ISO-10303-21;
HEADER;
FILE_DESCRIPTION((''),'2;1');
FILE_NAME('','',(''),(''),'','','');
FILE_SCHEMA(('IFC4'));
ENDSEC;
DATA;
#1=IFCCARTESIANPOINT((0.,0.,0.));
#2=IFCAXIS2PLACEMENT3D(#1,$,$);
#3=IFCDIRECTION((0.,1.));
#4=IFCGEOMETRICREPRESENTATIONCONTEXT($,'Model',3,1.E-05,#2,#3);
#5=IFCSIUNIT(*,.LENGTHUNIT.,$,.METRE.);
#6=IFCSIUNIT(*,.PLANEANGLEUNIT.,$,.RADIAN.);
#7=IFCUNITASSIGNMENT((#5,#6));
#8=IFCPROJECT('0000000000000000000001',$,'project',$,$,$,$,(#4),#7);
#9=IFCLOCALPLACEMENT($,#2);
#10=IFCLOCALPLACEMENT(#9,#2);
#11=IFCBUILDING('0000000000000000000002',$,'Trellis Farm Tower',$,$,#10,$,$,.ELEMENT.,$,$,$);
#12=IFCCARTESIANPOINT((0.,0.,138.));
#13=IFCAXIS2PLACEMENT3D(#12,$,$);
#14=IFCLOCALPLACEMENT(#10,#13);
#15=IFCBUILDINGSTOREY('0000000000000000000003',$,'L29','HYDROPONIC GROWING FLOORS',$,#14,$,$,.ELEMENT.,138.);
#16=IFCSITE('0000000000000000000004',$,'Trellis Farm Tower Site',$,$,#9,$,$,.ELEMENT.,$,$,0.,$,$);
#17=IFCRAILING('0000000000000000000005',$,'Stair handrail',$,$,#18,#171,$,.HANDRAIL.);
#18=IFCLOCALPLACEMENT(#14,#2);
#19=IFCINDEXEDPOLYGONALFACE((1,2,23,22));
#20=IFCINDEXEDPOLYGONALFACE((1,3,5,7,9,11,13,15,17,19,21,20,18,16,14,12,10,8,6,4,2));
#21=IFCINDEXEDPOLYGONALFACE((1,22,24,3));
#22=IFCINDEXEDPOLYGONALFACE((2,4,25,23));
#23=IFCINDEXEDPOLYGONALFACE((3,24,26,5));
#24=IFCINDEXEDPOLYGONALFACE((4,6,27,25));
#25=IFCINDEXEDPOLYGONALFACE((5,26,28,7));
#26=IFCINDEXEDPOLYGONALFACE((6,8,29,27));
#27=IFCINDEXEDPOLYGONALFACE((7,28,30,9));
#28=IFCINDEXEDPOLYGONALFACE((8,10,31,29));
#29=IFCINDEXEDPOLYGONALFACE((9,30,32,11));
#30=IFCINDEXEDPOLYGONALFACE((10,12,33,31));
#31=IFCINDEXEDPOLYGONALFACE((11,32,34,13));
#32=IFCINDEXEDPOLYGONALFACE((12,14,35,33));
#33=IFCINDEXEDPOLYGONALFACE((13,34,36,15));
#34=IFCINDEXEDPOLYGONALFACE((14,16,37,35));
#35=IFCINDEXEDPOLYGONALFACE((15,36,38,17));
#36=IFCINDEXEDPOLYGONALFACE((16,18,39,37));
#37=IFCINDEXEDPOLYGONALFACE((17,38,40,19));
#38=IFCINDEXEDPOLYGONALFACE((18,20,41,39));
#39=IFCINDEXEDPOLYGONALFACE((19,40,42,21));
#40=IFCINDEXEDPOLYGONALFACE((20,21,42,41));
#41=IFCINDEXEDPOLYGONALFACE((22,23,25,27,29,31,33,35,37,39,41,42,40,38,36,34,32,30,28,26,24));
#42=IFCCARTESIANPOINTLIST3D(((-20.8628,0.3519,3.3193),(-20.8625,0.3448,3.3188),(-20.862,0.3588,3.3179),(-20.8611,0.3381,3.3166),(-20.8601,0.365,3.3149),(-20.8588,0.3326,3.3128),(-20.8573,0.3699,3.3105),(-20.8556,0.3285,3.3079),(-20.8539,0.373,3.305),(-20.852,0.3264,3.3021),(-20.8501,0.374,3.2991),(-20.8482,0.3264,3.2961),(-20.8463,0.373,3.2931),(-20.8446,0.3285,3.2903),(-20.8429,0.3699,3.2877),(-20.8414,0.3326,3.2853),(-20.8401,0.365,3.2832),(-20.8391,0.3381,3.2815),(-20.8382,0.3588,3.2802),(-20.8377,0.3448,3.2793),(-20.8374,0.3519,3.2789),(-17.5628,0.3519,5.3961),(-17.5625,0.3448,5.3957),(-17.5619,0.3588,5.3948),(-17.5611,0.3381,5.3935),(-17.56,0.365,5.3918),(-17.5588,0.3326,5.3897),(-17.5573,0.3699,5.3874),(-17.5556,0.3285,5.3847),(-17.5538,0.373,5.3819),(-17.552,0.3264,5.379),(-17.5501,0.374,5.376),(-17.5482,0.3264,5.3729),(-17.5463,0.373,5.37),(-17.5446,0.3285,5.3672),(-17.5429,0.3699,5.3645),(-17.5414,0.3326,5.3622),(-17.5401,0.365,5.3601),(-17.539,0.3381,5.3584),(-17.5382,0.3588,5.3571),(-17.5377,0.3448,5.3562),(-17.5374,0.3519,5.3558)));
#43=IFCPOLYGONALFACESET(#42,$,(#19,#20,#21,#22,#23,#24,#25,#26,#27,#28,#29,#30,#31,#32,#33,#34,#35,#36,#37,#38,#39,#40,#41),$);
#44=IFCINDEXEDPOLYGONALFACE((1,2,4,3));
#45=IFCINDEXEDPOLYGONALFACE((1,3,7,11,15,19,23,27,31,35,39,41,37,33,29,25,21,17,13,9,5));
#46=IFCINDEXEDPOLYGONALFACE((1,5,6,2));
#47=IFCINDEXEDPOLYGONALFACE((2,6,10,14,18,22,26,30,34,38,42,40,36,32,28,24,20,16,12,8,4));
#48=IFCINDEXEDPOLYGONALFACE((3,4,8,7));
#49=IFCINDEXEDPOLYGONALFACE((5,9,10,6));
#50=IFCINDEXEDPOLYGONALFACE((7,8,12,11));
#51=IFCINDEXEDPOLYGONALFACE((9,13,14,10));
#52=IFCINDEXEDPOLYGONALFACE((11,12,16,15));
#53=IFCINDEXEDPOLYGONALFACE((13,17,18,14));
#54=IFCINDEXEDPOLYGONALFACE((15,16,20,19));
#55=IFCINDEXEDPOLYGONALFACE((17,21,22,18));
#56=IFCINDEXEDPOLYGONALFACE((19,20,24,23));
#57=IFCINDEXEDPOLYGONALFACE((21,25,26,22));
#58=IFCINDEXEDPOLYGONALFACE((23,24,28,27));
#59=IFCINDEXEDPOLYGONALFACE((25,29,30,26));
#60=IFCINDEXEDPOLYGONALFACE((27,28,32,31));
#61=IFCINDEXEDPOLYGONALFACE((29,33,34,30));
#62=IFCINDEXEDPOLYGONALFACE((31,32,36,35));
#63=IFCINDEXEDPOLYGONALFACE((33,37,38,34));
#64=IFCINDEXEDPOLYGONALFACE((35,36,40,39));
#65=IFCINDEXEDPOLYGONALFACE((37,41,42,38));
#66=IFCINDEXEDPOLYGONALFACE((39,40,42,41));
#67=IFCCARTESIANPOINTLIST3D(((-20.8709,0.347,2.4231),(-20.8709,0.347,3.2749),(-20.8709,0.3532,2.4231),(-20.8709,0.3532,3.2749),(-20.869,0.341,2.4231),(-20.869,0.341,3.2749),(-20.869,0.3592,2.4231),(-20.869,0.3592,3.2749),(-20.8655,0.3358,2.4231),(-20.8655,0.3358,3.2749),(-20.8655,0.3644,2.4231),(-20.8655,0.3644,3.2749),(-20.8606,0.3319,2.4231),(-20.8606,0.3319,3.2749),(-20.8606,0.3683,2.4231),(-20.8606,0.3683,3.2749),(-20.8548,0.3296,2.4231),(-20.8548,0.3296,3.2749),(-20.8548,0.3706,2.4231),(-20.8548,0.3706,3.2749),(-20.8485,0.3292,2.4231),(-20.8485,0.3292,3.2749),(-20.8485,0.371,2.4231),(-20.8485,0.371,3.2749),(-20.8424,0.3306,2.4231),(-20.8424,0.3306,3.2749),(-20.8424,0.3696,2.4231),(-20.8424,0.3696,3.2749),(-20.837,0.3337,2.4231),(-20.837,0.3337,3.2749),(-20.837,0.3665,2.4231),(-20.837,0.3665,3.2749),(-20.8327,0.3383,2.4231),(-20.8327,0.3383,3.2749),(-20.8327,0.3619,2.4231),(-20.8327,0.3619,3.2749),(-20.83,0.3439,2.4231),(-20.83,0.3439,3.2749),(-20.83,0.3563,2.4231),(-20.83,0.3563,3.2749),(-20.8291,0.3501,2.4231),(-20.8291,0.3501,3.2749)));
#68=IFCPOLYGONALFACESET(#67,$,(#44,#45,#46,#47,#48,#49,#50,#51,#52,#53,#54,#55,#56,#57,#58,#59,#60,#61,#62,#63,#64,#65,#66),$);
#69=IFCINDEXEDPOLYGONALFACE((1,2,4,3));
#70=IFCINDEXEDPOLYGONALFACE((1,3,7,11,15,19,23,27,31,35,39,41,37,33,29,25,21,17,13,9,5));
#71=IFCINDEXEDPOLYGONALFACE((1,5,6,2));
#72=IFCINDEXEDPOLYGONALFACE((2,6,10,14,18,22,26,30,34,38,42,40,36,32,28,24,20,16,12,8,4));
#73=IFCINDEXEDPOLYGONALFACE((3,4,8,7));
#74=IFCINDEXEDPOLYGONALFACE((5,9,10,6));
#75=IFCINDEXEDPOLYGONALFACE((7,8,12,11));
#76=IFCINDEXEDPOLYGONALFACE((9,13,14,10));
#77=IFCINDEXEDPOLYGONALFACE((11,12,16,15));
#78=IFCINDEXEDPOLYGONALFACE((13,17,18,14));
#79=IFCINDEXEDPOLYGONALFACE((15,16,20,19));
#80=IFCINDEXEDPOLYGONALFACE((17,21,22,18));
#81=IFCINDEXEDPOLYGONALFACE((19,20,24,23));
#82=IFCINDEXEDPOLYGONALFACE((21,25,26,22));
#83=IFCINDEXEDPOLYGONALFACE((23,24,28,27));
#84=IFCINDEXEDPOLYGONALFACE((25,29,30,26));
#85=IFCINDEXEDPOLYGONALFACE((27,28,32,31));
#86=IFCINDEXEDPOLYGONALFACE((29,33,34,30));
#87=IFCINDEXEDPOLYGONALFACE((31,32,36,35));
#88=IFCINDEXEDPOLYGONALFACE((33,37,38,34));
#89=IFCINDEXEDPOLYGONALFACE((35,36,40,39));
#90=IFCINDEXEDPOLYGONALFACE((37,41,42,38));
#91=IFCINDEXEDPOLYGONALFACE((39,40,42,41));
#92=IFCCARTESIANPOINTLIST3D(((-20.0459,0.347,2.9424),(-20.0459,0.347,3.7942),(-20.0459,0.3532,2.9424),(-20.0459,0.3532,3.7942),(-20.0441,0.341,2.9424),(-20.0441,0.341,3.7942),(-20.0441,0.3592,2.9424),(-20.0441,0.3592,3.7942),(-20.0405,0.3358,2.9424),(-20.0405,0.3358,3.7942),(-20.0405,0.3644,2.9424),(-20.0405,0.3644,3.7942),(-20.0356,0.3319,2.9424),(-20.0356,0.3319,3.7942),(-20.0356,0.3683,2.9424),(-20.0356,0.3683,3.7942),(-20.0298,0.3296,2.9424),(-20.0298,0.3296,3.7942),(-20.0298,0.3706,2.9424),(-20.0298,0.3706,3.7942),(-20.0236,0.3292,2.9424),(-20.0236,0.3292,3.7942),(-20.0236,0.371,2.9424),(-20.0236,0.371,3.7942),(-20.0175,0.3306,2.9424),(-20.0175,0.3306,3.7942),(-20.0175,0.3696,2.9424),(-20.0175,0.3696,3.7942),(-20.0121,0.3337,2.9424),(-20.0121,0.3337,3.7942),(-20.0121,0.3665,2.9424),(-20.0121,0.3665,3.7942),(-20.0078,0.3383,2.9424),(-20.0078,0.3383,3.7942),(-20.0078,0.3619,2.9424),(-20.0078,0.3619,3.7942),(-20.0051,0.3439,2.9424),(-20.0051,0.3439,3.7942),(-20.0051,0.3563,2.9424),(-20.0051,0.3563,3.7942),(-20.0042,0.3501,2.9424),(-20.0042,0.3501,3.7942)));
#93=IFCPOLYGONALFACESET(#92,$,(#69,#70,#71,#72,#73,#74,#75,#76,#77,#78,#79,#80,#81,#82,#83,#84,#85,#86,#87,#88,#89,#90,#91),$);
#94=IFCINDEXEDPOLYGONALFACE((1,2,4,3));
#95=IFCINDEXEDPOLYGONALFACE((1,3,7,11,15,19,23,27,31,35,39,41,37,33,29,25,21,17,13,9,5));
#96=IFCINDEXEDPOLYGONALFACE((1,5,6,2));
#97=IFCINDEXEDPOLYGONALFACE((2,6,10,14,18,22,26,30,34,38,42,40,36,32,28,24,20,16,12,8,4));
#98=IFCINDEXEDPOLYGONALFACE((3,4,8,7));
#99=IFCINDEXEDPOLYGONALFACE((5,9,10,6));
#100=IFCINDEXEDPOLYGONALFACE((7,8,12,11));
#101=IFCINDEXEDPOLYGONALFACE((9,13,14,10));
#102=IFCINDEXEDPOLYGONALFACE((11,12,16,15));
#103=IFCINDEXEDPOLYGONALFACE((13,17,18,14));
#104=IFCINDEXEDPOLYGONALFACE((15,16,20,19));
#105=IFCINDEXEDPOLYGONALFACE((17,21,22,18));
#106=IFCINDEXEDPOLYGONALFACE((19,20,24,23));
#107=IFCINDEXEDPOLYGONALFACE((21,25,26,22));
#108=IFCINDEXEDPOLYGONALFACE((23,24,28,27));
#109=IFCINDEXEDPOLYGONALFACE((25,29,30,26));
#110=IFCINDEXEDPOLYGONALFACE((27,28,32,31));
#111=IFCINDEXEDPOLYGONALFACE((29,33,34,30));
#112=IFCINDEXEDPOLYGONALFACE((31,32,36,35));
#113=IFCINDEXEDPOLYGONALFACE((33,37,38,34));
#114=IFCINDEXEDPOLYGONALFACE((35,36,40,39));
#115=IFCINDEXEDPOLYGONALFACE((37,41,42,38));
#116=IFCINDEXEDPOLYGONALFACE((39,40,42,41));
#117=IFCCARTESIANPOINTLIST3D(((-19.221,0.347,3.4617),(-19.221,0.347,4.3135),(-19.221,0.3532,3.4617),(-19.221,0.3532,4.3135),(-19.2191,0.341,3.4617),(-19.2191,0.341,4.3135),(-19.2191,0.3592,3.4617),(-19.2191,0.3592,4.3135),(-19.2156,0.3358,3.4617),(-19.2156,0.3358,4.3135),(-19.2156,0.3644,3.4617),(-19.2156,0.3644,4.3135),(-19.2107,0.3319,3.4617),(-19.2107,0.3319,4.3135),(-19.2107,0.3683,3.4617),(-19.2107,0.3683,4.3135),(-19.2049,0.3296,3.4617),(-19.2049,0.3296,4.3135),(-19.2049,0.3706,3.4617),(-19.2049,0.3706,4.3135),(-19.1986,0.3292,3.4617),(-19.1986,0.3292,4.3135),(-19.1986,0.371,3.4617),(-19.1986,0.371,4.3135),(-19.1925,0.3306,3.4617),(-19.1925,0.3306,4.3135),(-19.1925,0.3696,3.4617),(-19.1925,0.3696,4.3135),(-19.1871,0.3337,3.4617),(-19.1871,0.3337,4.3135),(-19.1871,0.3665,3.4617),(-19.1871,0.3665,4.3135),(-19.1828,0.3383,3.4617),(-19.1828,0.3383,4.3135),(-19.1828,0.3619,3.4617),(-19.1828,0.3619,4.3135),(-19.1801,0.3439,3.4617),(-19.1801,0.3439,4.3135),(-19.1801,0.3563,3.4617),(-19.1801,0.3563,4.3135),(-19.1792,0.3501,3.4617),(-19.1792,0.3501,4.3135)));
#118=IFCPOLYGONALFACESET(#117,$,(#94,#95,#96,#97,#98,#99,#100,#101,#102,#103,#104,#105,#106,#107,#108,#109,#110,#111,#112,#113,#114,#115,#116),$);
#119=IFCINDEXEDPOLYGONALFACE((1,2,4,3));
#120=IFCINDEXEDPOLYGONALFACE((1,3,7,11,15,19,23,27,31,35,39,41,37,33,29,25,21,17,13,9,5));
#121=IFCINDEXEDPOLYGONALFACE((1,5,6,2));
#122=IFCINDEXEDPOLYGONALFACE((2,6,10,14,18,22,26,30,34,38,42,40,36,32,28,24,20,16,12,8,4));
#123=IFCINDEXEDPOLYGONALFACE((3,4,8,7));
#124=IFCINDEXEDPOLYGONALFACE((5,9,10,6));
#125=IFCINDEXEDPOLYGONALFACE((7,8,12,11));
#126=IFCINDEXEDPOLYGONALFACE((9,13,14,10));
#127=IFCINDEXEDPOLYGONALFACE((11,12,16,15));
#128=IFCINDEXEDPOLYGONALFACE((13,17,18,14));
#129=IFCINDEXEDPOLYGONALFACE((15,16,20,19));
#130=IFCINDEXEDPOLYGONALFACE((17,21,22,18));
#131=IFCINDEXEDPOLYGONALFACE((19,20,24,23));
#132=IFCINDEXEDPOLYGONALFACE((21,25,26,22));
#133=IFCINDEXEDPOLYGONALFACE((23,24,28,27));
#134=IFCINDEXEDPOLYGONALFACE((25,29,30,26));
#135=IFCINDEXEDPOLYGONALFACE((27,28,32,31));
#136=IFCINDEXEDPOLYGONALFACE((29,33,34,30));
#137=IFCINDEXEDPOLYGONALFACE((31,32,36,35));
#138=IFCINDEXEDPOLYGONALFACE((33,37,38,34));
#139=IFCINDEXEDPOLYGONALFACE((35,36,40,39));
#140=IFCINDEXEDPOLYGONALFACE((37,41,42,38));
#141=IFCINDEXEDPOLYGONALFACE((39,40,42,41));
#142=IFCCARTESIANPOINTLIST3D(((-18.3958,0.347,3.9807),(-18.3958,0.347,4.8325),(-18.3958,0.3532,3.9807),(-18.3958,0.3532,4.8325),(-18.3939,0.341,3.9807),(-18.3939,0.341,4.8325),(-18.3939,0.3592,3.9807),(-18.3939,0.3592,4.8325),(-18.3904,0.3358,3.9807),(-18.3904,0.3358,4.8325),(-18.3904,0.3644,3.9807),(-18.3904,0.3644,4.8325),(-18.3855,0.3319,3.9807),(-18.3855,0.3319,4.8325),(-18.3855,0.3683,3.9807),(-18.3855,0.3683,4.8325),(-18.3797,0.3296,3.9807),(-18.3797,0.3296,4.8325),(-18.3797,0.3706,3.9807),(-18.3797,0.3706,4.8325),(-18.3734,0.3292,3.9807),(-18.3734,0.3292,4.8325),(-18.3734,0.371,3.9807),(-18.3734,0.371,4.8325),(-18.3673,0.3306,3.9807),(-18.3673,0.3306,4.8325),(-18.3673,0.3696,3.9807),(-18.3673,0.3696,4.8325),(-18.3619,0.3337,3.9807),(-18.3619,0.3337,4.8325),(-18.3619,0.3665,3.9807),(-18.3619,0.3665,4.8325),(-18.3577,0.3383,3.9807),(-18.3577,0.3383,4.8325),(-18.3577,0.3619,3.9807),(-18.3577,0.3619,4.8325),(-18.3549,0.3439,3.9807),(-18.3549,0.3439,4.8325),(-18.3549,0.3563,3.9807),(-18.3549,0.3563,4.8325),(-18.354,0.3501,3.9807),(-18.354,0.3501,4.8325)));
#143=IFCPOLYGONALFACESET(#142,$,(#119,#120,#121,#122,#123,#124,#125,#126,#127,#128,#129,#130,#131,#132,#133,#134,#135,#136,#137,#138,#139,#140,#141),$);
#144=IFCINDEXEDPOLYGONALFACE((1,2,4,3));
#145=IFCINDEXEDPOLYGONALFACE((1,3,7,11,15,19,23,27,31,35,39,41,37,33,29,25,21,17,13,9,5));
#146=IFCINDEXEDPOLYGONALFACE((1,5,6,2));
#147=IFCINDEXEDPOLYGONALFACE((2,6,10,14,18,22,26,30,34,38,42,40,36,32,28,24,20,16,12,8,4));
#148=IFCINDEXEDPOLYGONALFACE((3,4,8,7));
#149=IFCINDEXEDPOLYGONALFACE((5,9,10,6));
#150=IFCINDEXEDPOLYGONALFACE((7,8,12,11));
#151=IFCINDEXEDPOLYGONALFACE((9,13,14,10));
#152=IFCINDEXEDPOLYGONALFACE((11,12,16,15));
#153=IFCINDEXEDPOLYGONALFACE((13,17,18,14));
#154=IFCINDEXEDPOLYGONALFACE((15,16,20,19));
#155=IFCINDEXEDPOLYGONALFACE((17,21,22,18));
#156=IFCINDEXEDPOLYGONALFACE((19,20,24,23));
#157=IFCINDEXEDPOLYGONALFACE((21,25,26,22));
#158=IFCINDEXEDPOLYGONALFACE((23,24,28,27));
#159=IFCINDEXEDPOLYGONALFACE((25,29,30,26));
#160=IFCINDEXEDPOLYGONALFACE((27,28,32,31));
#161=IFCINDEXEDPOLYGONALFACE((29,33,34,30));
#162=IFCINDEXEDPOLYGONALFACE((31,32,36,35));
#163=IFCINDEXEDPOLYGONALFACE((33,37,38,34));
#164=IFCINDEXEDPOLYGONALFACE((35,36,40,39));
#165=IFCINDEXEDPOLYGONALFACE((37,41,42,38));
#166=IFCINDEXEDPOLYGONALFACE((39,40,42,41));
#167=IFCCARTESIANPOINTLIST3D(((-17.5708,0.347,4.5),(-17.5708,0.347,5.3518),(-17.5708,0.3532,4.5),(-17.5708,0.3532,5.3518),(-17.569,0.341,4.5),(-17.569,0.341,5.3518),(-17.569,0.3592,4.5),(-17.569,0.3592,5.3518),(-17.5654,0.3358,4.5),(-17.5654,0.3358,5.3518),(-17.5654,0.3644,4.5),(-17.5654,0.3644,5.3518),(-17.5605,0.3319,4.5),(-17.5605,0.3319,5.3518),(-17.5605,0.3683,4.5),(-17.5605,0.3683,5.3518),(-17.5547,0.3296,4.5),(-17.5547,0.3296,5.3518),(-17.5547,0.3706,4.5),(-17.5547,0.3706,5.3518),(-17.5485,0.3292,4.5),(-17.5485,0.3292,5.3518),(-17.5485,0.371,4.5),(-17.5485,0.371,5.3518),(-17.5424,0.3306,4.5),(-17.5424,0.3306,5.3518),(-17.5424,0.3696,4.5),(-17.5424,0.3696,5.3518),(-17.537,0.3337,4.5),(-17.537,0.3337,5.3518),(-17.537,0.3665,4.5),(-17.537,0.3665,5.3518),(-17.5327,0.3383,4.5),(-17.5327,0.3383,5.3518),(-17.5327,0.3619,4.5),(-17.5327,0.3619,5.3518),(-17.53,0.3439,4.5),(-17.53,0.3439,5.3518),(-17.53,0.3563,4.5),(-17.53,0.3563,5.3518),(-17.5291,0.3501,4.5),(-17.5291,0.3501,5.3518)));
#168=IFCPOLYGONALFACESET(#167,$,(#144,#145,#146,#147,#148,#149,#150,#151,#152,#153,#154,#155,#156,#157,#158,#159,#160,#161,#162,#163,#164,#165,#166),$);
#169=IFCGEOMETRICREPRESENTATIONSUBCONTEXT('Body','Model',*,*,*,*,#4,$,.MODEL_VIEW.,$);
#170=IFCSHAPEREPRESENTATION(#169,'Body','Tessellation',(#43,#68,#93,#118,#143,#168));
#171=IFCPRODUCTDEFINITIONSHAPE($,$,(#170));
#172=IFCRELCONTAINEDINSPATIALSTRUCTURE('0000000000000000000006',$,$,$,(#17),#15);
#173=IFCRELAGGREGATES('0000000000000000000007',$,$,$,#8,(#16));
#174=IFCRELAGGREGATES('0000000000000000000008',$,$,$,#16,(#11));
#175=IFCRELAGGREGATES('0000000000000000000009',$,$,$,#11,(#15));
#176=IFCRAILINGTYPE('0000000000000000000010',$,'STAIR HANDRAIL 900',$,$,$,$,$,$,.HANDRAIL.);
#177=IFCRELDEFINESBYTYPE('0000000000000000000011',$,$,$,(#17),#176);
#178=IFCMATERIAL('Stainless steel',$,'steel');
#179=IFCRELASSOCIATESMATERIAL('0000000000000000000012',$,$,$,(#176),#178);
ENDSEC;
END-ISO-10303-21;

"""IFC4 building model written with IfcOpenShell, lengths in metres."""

from ifc_helpers import new_model, si_unit, direction, frame, origin, origin_2d, place, context, subcontext, project, spatial, circle, extrude, source, transform, mapped, material, type_object, element, save


model = new_model("IFC4")

# Units and contexts
model_context = context("Model", 3, precision=1e-05, world=origin(), true_north=direction((0.0, 1.0)))
body_context = subcontext(model_context, "Body", "Model", "MODEL_VIEW")
ifc_project = project(units=[si_unit("LENGTHUNIT", "METRE"), si_unit("PLANEANGLEUNIT", "RADIAN")], contexts=[model_context])

# Site, building, storey
site_placement = place(None, origin())
site = spatial("IfcSite", under=ifc_project, at=site_placement, Name="Trellis Farm Tower Site", CompositionType="ELEMENT", RefElevation=0.0)
building_placement = place(site_placement, origin())
building = spatial("IfcBuilding", under=site, at=building_placement, Name="Trellis Farm Tower", CompositionType="ELEMENT")
storey_placement = place(building_placement, frame((0.0, 0.0, 138.0)))
storey = spatial("IfcBuildingStorey", under=building, at=storey_placement, Name="L29", Description="HYDROPONIC GROWING FLOORS", CompositionType="ELEMENT", Elevation=138.0)

# Railing
ifc_material_1 = material(Name="Stainless steel", Category="steel")
railing_type = type_object("IfcRailingType", Name="STAIR HANDRAIL 900", PredefinedType="HANDRAIL", material=ifc_material_1)
shared_shape_1 = source(origin(), body_context, "Body", "SweptSolid", [
    extrude(circle(Radius=0.0239, at=origin_2d()), frame((0.0, 0.0, 0.876), z_axis=(0.846337, 0.0, 0.532647), x_axis=(0.0, 1.0, 0.0)), (0.0, 0.0, 1.0), 3.8992),
    extrude(circle(Radius=0.021, at=origin_2d()), origin(), (0.0, 0.0, 1.0), 0.8518),
    extrude(circle(Radius=0.021, at=origin_2d()), frame((0.825, 0.0, 0.5193)), (0.0, 0.0, 1.0), 0.8518),
    extrude(circle(Radius=0.021, at=origin_2d()), frame((1.6499, 0.0, 1.0386)), (0.0, 0.0, 1.0), 0.8518),
    extrude(circle(Radius=0.021, at=origin_2d()), frame((2.4751, 0.0, 1.5576)), (0.0, 0.0, 1.0), 0.8518),
    extrude(circle(Radius=0.021, at=origin_2d()), frame((3.3, 0.0, 2.0769)), (0.0, 0.0, 1.0), 0.8518),
])
for number, where, name in (
    (1, (-20.8501, 0.3501, 2.4231), "Stair handrail"),
):
    element("IfcRailing", number, at=place(storey_placement, frame(where)), inside=storey, type_object=railing_type, Name=name, PredefinedType="HANDRAIL", context=body_context, shape_type="MappedRepresentation", body=[
        mapped(shared_shape_1, transform((0.0, 0.0, 0.0))),
    ])

save(model, "model.ifc")
